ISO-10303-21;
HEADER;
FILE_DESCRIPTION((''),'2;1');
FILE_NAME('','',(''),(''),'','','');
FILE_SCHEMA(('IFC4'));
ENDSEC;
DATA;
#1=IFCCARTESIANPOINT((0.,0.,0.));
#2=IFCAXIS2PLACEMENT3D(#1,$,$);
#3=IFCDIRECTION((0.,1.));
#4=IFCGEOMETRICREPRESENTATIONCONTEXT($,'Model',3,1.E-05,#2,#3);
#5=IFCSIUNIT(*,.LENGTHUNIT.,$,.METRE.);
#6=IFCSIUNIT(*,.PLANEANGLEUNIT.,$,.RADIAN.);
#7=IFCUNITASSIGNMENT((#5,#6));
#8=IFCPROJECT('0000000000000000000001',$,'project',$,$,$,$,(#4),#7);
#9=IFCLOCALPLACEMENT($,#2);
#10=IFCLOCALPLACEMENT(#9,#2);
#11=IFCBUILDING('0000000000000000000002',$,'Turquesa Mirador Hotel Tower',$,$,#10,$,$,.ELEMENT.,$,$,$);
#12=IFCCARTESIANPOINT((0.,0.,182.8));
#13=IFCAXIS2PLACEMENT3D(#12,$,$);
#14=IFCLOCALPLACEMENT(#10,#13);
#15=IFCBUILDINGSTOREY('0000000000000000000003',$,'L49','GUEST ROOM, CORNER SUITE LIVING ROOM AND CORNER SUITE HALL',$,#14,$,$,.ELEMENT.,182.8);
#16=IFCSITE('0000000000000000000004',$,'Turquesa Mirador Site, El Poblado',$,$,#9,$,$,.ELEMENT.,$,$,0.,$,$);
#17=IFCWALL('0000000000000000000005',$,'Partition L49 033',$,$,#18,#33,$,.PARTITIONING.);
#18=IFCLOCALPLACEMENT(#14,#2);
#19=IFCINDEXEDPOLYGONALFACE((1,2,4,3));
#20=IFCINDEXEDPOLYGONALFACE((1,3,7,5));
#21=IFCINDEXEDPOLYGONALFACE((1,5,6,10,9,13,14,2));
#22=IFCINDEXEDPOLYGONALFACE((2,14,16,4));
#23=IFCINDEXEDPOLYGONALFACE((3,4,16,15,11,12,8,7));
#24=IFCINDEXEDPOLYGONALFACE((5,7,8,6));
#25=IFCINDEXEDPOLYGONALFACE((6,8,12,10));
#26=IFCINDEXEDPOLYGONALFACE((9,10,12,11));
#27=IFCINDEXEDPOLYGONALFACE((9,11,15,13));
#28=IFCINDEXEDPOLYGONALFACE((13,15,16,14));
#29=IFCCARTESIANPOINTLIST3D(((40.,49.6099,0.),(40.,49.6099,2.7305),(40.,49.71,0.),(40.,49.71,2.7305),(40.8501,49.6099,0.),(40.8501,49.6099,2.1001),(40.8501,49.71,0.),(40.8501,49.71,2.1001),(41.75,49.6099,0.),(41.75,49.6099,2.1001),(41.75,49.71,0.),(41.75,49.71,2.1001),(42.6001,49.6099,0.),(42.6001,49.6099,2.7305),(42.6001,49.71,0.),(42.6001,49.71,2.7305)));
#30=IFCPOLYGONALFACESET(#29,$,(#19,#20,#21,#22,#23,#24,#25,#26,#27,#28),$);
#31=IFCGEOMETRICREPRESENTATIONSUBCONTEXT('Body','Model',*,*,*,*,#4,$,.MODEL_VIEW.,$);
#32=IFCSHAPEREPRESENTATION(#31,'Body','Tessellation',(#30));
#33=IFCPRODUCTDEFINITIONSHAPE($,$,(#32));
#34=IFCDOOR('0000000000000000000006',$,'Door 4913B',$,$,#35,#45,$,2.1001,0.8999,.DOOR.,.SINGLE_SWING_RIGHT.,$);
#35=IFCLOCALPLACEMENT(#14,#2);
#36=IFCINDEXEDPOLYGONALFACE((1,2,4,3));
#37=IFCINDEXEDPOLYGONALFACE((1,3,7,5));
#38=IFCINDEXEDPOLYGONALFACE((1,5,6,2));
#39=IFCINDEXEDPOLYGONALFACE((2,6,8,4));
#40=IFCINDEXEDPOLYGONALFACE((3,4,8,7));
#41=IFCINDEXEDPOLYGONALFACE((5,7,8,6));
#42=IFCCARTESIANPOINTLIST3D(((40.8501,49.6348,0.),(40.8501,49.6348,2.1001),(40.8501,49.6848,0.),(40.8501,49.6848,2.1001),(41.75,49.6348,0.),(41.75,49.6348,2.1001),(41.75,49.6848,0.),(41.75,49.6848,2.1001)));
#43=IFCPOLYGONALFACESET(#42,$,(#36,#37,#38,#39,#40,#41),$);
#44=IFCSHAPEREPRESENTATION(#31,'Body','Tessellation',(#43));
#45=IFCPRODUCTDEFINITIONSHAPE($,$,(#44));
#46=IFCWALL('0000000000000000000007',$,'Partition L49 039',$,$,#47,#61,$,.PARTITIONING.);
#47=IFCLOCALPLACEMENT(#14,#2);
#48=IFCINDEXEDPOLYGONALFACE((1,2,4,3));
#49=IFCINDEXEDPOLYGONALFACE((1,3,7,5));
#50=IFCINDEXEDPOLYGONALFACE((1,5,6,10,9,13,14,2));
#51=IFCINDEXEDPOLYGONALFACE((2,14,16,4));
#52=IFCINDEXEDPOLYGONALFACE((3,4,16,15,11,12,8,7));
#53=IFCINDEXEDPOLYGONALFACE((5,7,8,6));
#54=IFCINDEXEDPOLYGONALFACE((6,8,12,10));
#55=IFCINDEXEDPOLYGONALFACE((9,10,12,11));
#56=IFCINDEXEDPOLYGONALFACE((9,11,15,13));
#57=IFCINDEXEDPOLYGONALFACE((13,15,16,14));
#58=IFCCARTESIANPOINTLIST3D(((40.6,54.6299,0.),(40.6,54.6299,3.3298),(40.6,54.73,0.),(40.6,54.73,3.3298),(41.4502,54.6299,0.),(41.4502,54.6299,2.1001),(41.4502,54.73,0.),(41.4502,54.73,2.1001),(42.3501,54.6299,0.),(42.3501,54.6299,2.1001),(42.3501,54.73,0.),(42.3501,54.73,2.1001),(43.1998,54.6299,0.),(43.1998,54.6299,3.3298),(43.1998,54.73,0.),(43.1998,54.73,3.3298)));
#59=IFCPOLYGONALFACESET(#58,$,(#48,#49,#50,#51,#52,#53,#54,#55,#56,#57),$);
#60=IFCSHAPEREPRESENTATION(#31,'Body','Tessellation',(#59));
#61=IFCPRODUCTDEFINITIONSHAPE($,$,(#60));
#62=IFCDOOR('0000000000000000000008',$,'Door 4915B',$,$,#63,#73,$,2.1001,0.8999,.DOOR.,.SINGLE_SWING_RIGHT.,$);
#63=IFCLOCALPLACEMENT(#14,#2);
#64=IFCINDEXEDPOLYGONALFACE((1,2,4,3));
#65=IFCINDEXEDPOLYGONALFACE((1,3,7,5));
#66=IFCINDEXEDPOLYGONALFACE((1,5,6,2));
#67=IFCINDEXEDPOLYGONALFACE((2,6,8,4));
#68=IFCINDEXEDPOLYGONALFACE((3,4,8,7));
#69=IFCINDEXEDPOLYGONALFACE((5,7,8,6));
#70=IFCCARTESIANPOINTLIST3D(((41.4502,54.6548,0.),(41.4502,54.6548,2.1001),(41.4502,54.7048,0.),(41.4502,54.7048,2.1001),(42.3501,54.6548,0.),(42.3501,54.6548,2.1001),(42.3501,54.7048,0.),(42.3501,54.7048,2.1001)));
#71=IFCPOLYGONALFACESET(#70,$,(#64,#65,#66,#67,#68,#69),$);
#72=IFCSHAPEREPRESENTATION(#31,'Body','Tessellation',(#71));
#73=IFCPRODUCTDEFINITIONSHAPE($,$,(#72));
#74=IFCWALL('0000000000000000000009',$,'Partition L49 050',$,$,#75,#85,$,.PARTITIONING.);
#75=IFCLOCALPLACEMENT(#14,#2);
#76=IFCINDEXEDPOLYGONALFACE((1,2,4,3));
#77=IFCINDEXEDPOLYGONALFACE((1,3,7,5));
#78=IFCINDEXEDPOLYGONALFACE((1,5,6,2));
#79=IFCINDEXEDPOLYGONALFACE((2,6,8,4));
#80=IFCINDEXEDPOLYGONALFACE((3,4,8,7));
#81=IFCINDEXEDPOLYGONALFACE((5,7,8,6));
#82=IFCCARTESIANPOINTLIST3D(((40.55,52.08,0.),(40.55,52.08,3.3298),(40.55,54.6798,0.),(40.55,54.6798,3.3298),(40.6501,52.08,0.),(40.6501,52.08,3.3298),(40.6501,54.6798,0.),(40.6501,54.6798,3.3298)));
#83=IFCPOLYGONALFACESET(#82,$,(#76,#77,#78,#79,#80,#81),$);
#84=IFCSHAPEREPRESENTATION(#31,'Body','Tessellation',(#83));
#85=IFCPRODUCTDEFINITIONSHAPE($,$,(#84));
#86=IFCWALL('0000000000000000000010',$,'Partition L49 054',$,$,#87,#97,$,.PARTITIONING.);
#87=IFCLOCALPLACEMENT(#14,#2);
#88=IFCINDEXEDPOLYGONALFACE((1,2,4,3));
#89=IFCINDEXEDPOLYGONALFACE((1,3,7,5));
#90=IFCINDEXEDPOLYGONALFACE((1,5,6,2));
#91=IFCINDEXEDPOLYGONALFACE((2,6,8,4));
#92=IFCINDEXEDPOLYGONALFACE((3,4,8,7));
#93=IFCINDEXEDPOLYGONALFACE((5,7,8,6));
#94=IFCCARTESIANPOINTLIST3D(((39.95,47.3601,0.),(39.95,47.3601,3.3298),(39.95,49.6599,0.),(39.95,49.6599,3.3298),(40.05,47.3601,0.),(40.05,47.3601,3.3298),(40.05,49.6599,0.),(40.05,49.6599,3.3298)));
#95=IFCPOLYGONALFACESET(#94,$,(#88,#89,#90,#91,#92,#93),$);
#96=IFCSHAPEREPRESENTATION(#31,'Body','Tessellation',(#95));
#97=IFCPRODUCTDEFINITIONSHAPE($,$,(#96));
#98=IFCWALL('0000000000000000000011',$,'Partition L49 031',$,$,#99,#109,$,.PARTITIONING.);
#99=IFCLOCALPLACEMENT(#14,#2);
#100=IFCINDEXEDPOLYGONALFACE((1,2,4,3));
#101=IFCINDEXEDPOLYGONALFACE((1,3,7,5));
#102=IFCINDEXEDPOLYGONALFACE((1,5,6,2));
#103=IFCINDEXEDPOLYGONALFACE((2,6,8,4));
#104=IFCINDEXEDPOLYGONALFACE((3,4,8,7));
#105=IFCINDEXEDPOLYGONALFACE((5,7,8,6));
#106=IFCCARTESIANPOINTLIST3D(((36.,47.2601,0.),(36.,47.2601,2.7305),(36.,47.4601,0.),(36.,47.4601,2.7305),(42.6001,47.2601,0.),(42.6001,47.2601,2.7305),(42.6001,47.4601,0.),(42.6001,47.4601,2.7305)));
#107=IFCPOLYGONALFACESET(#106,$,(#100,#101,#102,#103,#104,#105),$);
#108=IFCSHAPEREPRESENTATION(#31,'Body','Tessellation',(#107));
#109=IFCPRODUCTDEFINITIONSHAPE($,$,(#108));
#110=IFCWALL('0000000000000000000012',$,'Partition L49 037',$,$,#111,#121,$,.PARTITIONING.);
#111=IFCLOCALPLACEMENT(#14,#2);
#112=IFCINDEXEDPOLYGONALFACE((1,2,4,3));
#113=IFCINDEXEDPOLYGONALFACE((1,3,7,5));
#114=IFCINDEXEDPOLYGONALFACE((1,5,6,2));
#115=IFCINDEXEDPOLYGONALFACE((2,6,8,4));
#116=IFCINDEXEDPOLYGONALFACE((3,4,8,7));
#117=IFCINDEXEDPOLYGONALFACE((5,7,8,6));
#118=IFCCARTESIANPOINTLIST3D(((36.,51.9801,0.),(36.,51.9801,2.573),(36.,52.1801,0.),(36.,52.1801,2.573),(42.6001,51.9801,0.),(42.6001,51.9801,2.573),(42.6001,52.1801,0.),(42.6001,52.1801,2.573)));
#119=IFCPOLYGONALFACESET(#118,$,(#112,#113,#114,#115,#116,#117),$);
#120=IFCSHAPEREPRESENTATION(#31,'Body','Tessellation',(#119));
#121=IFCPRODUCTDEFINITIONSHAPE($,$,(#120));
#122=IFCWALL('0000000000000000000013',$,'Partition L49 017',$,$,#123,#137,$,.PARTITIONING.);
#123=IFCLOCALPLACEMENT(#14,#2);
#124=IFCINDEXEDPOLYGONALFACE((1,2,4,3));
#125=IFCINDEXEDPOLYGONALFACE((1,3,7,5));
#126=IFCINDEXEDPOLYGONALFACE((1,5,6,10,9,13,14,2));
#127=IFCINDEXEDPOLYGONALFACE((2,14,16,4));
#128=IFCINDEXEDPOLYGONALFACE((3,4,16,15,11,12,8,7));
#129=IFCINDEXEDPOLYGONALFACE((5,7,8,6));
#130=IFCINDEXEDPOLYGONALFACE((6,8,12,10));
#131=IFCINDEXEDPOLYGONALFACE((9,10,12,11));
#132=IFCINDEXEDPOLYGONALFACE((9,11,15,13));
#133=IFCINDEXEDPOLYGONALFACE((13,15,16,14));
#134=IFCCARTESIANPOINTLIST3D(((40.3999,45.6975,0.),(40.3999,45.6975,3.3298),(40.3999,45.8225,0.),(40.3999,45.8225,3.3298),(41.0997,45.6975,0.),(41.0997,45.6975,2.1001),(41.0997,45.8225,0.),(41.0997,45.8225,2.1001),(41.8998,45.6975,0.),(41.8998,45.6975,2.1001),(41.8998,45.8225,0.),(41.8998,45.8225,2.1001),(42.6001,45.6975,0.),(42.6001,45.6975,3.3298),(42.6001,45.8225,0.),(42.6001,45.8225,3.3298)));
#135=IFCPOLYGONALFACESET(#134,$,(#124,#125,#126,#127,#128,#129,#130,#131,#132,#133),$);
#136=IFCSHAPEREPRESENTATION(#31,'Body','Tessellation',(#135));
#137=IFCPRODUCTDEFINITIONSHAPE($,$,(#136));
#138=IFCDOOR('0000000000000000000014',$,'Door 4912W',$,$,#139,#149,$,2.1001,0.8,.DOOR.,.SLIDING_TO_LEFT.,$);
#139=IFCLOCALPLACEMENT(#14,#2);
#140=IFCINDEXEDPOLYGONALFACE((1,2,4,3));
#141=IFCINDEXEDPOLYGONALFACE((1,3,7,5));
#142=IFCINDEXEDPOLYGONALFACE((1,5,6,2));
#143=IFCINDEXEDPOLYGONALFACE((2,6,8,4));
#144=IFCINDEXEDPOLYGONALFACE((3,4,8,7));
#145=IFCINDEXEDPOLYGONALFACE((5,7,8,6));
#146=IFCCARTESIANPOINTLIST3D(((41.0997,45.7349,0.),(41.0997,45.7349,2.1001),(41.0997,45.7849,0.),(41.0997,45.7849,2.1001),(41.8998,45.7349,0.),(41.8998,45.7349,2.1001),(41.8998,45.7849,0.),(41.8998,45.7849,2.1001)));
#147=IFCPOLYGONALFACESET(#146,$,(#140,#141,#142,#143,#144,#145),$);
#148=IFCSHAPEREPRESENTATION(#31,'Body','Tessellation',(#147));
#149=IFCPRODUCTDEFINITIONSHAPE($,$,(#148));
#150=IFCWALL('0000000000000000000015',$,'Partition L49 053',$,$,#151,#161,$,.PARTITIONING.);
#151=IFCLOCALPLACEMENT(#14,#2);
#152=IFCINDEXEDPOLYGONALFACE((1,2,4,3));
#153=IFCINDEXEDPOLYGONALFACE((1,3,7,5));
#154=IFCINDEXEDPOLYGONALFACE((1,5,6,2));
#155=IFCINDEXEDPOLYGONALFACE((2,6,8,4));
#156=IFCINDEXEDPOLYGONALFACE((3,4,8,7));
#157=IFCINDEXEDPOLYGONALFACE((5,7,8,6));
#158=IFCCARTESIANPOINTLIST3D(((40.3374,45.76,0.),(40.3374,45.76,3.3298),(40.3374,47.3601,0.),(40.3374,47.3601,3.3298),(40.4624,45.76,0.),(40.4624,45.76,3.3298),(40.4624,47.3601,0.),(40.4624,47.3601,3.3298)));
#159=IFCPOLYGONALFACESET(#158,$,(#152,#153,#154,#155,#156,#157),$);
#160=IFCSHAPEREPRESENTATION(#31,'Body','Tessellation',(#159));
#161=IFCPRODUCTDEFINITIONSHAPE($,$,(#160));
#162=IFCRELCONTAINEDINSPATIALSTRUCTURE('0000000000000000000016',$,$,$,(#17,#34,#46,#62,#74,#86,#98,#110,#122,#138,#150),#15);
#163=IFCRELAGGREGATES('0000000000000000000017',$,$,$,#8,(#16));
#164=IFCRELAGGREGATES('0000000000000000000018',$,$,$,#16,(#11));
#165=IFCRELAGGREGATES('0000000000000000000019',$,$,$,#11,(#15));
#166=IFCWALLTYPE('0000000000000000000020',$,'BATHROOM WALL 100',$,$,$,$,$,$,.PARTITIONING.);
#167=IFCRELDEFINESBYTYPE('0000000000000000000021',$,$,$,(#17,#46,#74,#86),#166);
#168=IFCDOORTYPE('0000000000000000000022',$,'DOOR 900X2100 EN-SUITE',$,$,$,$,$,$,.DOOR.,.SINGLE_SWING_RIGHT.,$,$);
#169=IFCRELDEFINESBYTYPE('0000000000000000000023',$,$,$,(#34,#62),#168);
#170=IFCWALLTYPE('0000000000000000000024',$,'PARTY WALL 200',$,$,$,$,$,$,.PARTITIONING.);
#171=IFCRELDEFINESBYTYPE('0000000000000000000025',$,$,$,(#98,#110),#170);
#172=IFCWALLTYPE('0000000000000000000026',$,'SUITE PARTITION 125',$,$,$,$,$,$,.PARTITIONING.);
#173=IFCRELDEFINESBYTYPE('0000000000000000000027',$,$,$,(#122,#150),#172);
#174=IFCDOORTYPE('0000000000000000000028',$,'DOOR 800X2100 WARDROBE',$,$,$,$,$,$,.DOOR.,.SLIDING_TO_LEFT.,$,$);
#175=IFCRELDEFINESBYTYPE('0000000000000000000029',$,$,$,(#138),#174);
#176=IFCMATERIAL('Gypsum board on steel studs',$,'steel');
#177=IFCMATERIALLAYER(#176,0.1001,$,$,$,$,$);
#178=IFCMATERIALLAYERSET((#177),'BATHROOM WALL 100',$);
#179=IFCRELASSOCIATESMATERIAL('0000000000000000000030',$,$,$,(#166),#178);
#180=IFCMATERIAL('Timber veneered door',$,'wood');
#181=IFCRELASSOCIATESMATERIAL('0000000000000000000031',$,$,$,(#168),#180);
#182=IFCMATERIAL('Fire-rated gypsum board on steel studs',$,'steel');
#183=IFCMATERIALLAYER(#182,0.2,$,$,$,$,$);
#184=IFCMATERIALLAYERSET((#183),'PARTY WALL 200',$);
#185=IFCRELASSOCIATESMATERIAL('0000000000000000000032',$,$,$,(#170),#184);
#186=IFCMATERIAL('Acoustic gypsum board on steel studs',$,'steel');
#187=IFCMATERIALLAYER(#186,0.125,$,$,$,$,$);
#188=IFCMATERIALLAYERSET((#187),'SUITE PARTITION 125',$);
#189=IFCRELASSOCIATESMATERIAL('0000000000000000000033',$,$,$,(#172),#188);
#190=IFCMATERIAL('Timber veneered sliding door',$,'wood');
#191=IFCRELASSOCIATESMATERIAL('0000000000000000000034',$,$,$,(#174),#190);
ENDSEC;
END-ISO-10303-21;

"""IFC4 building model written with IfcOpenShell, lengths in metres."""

from ifc_helpers import new_model, si_unit, direction, frame, frame_2d, origin, place, context, subcontext, project, spatial, rectangle, extrude, material, layer, layer_set, type_object, element, fill, save


model = new_model("IFC4")

# Units and contexts
model_context = context("Model", 3, precision=1e-05, world=origin(), true_north=direction((0.0, 1.0)))
body_context = subcontext(model_context, "Body", "Model", "MODEL_VIEW")
ifc_project = project(units=[si_unit("LENGTHUNIT", "METRE"), si_unit("PLANEANGLEUNIT", "RADIAN")], contexts=[model_context])

# Site, building, storey
site_placement = place(None, origin())
site = spatial("IfcSite", under=ifc_project, at=site_placement, Name="Turquesa Mirador Site, El Poblado", CompositionType="ELEMENT", RefElevation=0.0)
building_placement = place(site_placement, origin())
building = spatial("IfcBuilding", under=site, at=building_placement, Name="Turquesa Mirador Hotel Tower", CompositionType="ELEMENT")
storey_placement = place(building_placement, frame((0.0, 0.0, 182.8)))
storey = spatial("IfcBuildingStorey", under=building, at=storey_placement, Name="L49", Description="GUEST ROOM, CORNER SUITE LIVING ROOM AND CORNER SUITE HALL", CompositionType="ELEMENT", Elevation=182.8)

# Walls, openings, doors
ifc_material_1 = material(Name="Gypsum board on steel studs", Category="steel")
ifc_layer_1 = layer(ifc_material_1, 0.1001)
ifc_layer_set_1 = layer_set([ifc_layer_1], Name="BATHROOM WALL 100")
wall_type_1 = type_object("IfcWallType", Name="BATHROOM WALL 100", PredefinedType="PARTITIONING", material=ifc_layer_set_1)
wall_1_placement = place(storey_placement, frame((40.0, 49.6599, 0.0), z_axis=(0.0, 0.0, 1.0), x_axis=(1.0, 0.0, 0.0)))
wall_1 = element("IfcWall", 1, at=wall_1_placement, inside=storey, type_object=wall_type_1, Name="Partition L49 033", PredefinedType="PARTITIONING", context=body_context, shape_type="SweptSolid", body=[
    extrude(rectangle(XDim=2.6001, YDim=0.1001, at=frame_2d((1.3, 0.0))), origin(), (0.0, 0.0, 1.0), 2.7305),
])
opening_1_placement = place(wall_1_placement, frame((0.8501, 0.0, 0.0)))
opening_1 = element("IfcOpeningElement", 2, at=opening_1_placement, cuts=wall_1, PredefinedType="OPENING", context=body_context, shape_type="SweptSolid", body=[
    extrude(rectangle(XDim=0.8999, YDim=2.1001, at=frame_2d((0.45, 1.05))), frame((0.0, 0.0601, 0.0), z_axis=(0.0, -1.0, 0.0), x_axis=(1.0, 0.0, 0.0)), (0.0, 0.0, 1.0), 0.1201),
])
ifc_material_2 = material(Name="Timber veneered door", Category="wood")
door_type_1 = type_object("IfcDoorType", Name="DOOR 900X2100 EN-SUITE", OperationType="SINGLE_SWING_RIGHT", PredefinedType="DOOR", material=ifc_material_2)
door_1_placement = place(opening_1_placement, origin())
door_1 = element("IfcDoor", 3, at=door_1_placement, inside=storey, type_object=door_type_1, Name="Door 4913B", OperationType="SINGLE_SWING_RIGHT", OverallHeight=2.1001, OverallWidth=0.8999, PredefinedType="DOOR", context=body_context, shape_type="SweptSolid", body=[
    extrude(rectangle(XDim=0.8999, YDim=2.1001, at=frame_2d((0.45, 1.05))), frame((0.0, 0.0249, 0.0), z_axis=(0.0, -1.0, 0.0), x_axis=(1.0, 0.0, 0.0)), (0.0, 0.0, 1.0), 0.05),
])
fill(opening_1, door_1)
wall_2_placement = place(storey_placement, frame((40.6001, 54.6799, 0.0), z_axis=(0.0, 0.0, 1.0), x_axis=(1.0, 0.0, 0.0)))
wall_2 = element("IfcWall", 4, at=wall_2_placement, inside=storey, type_object=wall_type_1, Name="Partition L49 039", PredefinedType="PARTITIONING", context=body_context, shape_type="SweptSolid", body=[
    extrude(rectangle(XDim=2.5999, YDim=0.1001, at=frame_2d((1.2998, 0.0))), origin(), (0.0, 0.0, 1.0), 3.3298),
])
opening_2_placement = place(wall_2_placement, frame((0.8501, 0.0, 0.0)))
opening_2 = element("IfcOpeningElement", 5, at=opening_2_placement, cuts=wall_2, PredefinedType="OPENING", context=body_context, shape_type="SweptSolid", body=[
    extrude(rectangle(XDim=0.8999, YDim=2.1001, at=frame_2d((0.45, 1.05))), frame((0.0, 0.0601, 0.0), z_axis=(0.0, -1.0, 0.0), x_axis=(1.0, 0.0, 0.0)), (0.0, 0.0, 1.0), 0.1201),
])
door_2_placement = place(opening_2_placement, origin())
door_2 = element("IfcDoor", 6, at=door_2_placement, inside=storey, type_object=door_type_1, Name="Door 4915B", OperationType="SINGLE_SWING_RIGHT", OverallHeight=2.1001, OverallWidth=0.8999, PredefinedType="DOOR", context=body_context, shape_type="SweptSolid", body=[
    extrude(rectangle(XDim=0.8999, YDim=2.1001, at=frame_2d((0.45, 1.05))), frame((0.0, 0.0249, 0.0), z_axis=(0.0, -1.0, 0.0), x_axis=(1.0, 0.0, 0.0)), (0.0, 0.0, 1.0), 0.05),
])
fill(opening_2, door_2)

# Walls
wall_3_placement = place(storey_placement, frame((40.6001, 52.0801, 0.0), z_axis=(0.0, 0.0, 1.0), x_axis=(0.0, 1.0, 0.0)))
element("IfcWall", 7, at=wall_3_placement, inside=storey, type_object=wall_type_1, Name="Partition L49 050", PredefinedType="PARTITIONING", context=body_context, shape_type="SweptSolid", body=[
    extrude(rectangle(XDim=2.5999, YDim=0.1001, at=frame_2d((1.2998, 0.0))), origin(), (0.0, 0.0, 1.0), 3.3298),
])
wall_4_placement = place(storey_placement, frame((40.0, 47.3601, 0.0), z_axis=(0.0, 0.0, 1.0), x_axis=(0.0, 1.0, 0.0)))
element("IfcWall", 8, at=wall_4_placement, inside=storey, type_object=wall_type_1, Name="Partition L49 054", PredefinedType="PARTITIONING", context=body_context, shape_type="SweptSolid", body=[
    extrude(rectangle(XDim=2.2998, YDim=0.1001, at=frame_2d((1.1499, 0.0))), origin(), (0.0, 0.0, 1.0), 3.3298),
])
ifc_material_3 = material(Name="Fire-rated gypsum board on steel studs", Category="steel")
ifc_layer_2 = layer(ifc_material_3, 0.2)
ifc_layer_set_2 = layer_set([ifc_layer_2], Name="PARTY WALL 200")
wall_type_2 = type_object("IfcWallType", Name="PARTY WALL 200", PredefinedType="PARTITIONING", material=ifc_layer_set_2)
wall_5_placement = place(storey_placement, frame((36.0, 47.3601, 0.0), z_axis=(0.0, 0.0, 1.0), x_axis=(1.0, 0.0, 0.0)))
element("IfcWall", 9, at=wall_5_placement, inside=storey, type_object=wall_type_2, Name="Partition L49 031", PredefinedType="PARTITIONING", context=body_context, shape_type="SweptSolid", body=[
    extrude(rectangle(XDim=6.6001, YDim=0.2, at=frame_2d((3.3, 0.0))), origin(), (0.0, 0.0, 1.0), 2.7305),
])
wall_6_placement = place(storey_placement, frame((36.0, 52.0801, 0.0), z_axis=(0.0, 0.0, 1.0), x_axis=(1.0, 0.0, 0.0)))
element("IfcWall", 10, at=wall_6_placement, inside=storey, type_object=wall_type_2, Name="Partition L49 037", PredefinedType="PARTITIONING", context=body_context, shape_type="SweptSolid", body=[
    extrude(rectangle(XDim=6.6001, YDim=0.2, at=frame_2d((3.3, 0.0))), origin(), (0.0, 0.0, 1.0), 2.573),
])

# Wall, opening, door
ifc_material_4 = material(Name="Acoustic gypsum board on steel studs", Category="steel")
ifc_layer_3 = layer(ifc_material_4, 0.125)
ifc_layer_set_3 = layer_set([ifc_layer_3], Name="SUITE PARTITION 125")
wall_type_3 = type_object("IfcWallType", Name="SUITE PARTITION 125", PredefinedType="PARTITIONING", material=ifc_layer_set_3)
wall_7_placement = place(storey_placement, frame((40.3999, 45.76, 0.0), z_axis=(0.0, 0.0, 1.0), x_axis=(1.0, 0.0, 0.0)))
wall_7 = element("IfcWall", 11, at=wall_7_placement, inside=storey, type_object=wall_type_3, Name="Partition L49 017", PredefinedType="PARTITIONING", context=body_context, shape_type="SweptSolid", body=[
    extrude(rectangle(XDim=2.2002, YDim=0.125, at=frame_2d((1.1001, 0.0))), origin(), (0.0, 0.0, 1.0), 3.3298),
])
opening_3_placement = place(wall_7_placement, frame((0.7, 0.0, 0.0)))
opening_3 = element("IfcOpeningElement", 12, at=opening_3_placement, cuts=wall_7, PredefinedType="OPENING", context=body_context, shape_type="SweptSolid", body=[
    extrude(rectangle(XDim=0.8, YDim=2.1001, at=frame_2d((0.3999, 1.05))), frame((0.0, 0.0725, 0.0), z_axis=(0.0, -1.0, 0.0), x_axis=(1.0, 0.0, 0.0)), (0.0, 0.0, 1.0), 0.145),
])
ifc_material_5 = material(Name="Timber veneered sliding door", Category="wood")
door_type_2 = type_object("IfcDoorType", Name="DOOR 800X2100 WARDROBE", OperationType="SLIDING_TO_LEFT", PredefinedType="DOOR", material=ifc_material_5)
door_3_placement = place(opening_3_placement, origin())
door_3 = element("IfcDoor", 13, at=door_3_placement, inside=storey, type_object=door_type_2, Name="Door 4912W", OperationType="SLIDING_TO_LEFT", OverallHeight=2.1001, OverallWidth=0.8, PredefinedType="DOOR", context=body_context, shape_type="SweptSolid", body=[
    extrude(rectangle(XDim=0.8, YDim=2.1001, at=frame_2d((0.3999, 1.05))), frame((0.0, 0.0249, 0.0), z_axis=(0.0, -1.0, 0.0), x_axis=(1.0, 0.0, 0.0)), (0.0, 0.0, 1.0), 0.05),
])
fill(opening_3, door_3)

# Wall
wall_8_placement = place(storey_placement, frame((40.3999, 45.76, 0.0), z_axis=(0.0, 0.0, 1.0), x_axis=(0.0, 1.0, 0.0)))
element("IfcWall", 14, at=wall_8_placement, inside=storey, type_object=wall_type_3, Name="Partition L49 053", PredefinedType="PARTITIONING", context=body_context, shape_type="SweptSolid", body=[
    extrude(rectangle(XDim=1.6001, YDim=0.125, at=frame_2d((0.8, 0.0))), origin(), (0.0, 0.0, 1.0), 3.3298),
])

save(model, "model.ifc")
